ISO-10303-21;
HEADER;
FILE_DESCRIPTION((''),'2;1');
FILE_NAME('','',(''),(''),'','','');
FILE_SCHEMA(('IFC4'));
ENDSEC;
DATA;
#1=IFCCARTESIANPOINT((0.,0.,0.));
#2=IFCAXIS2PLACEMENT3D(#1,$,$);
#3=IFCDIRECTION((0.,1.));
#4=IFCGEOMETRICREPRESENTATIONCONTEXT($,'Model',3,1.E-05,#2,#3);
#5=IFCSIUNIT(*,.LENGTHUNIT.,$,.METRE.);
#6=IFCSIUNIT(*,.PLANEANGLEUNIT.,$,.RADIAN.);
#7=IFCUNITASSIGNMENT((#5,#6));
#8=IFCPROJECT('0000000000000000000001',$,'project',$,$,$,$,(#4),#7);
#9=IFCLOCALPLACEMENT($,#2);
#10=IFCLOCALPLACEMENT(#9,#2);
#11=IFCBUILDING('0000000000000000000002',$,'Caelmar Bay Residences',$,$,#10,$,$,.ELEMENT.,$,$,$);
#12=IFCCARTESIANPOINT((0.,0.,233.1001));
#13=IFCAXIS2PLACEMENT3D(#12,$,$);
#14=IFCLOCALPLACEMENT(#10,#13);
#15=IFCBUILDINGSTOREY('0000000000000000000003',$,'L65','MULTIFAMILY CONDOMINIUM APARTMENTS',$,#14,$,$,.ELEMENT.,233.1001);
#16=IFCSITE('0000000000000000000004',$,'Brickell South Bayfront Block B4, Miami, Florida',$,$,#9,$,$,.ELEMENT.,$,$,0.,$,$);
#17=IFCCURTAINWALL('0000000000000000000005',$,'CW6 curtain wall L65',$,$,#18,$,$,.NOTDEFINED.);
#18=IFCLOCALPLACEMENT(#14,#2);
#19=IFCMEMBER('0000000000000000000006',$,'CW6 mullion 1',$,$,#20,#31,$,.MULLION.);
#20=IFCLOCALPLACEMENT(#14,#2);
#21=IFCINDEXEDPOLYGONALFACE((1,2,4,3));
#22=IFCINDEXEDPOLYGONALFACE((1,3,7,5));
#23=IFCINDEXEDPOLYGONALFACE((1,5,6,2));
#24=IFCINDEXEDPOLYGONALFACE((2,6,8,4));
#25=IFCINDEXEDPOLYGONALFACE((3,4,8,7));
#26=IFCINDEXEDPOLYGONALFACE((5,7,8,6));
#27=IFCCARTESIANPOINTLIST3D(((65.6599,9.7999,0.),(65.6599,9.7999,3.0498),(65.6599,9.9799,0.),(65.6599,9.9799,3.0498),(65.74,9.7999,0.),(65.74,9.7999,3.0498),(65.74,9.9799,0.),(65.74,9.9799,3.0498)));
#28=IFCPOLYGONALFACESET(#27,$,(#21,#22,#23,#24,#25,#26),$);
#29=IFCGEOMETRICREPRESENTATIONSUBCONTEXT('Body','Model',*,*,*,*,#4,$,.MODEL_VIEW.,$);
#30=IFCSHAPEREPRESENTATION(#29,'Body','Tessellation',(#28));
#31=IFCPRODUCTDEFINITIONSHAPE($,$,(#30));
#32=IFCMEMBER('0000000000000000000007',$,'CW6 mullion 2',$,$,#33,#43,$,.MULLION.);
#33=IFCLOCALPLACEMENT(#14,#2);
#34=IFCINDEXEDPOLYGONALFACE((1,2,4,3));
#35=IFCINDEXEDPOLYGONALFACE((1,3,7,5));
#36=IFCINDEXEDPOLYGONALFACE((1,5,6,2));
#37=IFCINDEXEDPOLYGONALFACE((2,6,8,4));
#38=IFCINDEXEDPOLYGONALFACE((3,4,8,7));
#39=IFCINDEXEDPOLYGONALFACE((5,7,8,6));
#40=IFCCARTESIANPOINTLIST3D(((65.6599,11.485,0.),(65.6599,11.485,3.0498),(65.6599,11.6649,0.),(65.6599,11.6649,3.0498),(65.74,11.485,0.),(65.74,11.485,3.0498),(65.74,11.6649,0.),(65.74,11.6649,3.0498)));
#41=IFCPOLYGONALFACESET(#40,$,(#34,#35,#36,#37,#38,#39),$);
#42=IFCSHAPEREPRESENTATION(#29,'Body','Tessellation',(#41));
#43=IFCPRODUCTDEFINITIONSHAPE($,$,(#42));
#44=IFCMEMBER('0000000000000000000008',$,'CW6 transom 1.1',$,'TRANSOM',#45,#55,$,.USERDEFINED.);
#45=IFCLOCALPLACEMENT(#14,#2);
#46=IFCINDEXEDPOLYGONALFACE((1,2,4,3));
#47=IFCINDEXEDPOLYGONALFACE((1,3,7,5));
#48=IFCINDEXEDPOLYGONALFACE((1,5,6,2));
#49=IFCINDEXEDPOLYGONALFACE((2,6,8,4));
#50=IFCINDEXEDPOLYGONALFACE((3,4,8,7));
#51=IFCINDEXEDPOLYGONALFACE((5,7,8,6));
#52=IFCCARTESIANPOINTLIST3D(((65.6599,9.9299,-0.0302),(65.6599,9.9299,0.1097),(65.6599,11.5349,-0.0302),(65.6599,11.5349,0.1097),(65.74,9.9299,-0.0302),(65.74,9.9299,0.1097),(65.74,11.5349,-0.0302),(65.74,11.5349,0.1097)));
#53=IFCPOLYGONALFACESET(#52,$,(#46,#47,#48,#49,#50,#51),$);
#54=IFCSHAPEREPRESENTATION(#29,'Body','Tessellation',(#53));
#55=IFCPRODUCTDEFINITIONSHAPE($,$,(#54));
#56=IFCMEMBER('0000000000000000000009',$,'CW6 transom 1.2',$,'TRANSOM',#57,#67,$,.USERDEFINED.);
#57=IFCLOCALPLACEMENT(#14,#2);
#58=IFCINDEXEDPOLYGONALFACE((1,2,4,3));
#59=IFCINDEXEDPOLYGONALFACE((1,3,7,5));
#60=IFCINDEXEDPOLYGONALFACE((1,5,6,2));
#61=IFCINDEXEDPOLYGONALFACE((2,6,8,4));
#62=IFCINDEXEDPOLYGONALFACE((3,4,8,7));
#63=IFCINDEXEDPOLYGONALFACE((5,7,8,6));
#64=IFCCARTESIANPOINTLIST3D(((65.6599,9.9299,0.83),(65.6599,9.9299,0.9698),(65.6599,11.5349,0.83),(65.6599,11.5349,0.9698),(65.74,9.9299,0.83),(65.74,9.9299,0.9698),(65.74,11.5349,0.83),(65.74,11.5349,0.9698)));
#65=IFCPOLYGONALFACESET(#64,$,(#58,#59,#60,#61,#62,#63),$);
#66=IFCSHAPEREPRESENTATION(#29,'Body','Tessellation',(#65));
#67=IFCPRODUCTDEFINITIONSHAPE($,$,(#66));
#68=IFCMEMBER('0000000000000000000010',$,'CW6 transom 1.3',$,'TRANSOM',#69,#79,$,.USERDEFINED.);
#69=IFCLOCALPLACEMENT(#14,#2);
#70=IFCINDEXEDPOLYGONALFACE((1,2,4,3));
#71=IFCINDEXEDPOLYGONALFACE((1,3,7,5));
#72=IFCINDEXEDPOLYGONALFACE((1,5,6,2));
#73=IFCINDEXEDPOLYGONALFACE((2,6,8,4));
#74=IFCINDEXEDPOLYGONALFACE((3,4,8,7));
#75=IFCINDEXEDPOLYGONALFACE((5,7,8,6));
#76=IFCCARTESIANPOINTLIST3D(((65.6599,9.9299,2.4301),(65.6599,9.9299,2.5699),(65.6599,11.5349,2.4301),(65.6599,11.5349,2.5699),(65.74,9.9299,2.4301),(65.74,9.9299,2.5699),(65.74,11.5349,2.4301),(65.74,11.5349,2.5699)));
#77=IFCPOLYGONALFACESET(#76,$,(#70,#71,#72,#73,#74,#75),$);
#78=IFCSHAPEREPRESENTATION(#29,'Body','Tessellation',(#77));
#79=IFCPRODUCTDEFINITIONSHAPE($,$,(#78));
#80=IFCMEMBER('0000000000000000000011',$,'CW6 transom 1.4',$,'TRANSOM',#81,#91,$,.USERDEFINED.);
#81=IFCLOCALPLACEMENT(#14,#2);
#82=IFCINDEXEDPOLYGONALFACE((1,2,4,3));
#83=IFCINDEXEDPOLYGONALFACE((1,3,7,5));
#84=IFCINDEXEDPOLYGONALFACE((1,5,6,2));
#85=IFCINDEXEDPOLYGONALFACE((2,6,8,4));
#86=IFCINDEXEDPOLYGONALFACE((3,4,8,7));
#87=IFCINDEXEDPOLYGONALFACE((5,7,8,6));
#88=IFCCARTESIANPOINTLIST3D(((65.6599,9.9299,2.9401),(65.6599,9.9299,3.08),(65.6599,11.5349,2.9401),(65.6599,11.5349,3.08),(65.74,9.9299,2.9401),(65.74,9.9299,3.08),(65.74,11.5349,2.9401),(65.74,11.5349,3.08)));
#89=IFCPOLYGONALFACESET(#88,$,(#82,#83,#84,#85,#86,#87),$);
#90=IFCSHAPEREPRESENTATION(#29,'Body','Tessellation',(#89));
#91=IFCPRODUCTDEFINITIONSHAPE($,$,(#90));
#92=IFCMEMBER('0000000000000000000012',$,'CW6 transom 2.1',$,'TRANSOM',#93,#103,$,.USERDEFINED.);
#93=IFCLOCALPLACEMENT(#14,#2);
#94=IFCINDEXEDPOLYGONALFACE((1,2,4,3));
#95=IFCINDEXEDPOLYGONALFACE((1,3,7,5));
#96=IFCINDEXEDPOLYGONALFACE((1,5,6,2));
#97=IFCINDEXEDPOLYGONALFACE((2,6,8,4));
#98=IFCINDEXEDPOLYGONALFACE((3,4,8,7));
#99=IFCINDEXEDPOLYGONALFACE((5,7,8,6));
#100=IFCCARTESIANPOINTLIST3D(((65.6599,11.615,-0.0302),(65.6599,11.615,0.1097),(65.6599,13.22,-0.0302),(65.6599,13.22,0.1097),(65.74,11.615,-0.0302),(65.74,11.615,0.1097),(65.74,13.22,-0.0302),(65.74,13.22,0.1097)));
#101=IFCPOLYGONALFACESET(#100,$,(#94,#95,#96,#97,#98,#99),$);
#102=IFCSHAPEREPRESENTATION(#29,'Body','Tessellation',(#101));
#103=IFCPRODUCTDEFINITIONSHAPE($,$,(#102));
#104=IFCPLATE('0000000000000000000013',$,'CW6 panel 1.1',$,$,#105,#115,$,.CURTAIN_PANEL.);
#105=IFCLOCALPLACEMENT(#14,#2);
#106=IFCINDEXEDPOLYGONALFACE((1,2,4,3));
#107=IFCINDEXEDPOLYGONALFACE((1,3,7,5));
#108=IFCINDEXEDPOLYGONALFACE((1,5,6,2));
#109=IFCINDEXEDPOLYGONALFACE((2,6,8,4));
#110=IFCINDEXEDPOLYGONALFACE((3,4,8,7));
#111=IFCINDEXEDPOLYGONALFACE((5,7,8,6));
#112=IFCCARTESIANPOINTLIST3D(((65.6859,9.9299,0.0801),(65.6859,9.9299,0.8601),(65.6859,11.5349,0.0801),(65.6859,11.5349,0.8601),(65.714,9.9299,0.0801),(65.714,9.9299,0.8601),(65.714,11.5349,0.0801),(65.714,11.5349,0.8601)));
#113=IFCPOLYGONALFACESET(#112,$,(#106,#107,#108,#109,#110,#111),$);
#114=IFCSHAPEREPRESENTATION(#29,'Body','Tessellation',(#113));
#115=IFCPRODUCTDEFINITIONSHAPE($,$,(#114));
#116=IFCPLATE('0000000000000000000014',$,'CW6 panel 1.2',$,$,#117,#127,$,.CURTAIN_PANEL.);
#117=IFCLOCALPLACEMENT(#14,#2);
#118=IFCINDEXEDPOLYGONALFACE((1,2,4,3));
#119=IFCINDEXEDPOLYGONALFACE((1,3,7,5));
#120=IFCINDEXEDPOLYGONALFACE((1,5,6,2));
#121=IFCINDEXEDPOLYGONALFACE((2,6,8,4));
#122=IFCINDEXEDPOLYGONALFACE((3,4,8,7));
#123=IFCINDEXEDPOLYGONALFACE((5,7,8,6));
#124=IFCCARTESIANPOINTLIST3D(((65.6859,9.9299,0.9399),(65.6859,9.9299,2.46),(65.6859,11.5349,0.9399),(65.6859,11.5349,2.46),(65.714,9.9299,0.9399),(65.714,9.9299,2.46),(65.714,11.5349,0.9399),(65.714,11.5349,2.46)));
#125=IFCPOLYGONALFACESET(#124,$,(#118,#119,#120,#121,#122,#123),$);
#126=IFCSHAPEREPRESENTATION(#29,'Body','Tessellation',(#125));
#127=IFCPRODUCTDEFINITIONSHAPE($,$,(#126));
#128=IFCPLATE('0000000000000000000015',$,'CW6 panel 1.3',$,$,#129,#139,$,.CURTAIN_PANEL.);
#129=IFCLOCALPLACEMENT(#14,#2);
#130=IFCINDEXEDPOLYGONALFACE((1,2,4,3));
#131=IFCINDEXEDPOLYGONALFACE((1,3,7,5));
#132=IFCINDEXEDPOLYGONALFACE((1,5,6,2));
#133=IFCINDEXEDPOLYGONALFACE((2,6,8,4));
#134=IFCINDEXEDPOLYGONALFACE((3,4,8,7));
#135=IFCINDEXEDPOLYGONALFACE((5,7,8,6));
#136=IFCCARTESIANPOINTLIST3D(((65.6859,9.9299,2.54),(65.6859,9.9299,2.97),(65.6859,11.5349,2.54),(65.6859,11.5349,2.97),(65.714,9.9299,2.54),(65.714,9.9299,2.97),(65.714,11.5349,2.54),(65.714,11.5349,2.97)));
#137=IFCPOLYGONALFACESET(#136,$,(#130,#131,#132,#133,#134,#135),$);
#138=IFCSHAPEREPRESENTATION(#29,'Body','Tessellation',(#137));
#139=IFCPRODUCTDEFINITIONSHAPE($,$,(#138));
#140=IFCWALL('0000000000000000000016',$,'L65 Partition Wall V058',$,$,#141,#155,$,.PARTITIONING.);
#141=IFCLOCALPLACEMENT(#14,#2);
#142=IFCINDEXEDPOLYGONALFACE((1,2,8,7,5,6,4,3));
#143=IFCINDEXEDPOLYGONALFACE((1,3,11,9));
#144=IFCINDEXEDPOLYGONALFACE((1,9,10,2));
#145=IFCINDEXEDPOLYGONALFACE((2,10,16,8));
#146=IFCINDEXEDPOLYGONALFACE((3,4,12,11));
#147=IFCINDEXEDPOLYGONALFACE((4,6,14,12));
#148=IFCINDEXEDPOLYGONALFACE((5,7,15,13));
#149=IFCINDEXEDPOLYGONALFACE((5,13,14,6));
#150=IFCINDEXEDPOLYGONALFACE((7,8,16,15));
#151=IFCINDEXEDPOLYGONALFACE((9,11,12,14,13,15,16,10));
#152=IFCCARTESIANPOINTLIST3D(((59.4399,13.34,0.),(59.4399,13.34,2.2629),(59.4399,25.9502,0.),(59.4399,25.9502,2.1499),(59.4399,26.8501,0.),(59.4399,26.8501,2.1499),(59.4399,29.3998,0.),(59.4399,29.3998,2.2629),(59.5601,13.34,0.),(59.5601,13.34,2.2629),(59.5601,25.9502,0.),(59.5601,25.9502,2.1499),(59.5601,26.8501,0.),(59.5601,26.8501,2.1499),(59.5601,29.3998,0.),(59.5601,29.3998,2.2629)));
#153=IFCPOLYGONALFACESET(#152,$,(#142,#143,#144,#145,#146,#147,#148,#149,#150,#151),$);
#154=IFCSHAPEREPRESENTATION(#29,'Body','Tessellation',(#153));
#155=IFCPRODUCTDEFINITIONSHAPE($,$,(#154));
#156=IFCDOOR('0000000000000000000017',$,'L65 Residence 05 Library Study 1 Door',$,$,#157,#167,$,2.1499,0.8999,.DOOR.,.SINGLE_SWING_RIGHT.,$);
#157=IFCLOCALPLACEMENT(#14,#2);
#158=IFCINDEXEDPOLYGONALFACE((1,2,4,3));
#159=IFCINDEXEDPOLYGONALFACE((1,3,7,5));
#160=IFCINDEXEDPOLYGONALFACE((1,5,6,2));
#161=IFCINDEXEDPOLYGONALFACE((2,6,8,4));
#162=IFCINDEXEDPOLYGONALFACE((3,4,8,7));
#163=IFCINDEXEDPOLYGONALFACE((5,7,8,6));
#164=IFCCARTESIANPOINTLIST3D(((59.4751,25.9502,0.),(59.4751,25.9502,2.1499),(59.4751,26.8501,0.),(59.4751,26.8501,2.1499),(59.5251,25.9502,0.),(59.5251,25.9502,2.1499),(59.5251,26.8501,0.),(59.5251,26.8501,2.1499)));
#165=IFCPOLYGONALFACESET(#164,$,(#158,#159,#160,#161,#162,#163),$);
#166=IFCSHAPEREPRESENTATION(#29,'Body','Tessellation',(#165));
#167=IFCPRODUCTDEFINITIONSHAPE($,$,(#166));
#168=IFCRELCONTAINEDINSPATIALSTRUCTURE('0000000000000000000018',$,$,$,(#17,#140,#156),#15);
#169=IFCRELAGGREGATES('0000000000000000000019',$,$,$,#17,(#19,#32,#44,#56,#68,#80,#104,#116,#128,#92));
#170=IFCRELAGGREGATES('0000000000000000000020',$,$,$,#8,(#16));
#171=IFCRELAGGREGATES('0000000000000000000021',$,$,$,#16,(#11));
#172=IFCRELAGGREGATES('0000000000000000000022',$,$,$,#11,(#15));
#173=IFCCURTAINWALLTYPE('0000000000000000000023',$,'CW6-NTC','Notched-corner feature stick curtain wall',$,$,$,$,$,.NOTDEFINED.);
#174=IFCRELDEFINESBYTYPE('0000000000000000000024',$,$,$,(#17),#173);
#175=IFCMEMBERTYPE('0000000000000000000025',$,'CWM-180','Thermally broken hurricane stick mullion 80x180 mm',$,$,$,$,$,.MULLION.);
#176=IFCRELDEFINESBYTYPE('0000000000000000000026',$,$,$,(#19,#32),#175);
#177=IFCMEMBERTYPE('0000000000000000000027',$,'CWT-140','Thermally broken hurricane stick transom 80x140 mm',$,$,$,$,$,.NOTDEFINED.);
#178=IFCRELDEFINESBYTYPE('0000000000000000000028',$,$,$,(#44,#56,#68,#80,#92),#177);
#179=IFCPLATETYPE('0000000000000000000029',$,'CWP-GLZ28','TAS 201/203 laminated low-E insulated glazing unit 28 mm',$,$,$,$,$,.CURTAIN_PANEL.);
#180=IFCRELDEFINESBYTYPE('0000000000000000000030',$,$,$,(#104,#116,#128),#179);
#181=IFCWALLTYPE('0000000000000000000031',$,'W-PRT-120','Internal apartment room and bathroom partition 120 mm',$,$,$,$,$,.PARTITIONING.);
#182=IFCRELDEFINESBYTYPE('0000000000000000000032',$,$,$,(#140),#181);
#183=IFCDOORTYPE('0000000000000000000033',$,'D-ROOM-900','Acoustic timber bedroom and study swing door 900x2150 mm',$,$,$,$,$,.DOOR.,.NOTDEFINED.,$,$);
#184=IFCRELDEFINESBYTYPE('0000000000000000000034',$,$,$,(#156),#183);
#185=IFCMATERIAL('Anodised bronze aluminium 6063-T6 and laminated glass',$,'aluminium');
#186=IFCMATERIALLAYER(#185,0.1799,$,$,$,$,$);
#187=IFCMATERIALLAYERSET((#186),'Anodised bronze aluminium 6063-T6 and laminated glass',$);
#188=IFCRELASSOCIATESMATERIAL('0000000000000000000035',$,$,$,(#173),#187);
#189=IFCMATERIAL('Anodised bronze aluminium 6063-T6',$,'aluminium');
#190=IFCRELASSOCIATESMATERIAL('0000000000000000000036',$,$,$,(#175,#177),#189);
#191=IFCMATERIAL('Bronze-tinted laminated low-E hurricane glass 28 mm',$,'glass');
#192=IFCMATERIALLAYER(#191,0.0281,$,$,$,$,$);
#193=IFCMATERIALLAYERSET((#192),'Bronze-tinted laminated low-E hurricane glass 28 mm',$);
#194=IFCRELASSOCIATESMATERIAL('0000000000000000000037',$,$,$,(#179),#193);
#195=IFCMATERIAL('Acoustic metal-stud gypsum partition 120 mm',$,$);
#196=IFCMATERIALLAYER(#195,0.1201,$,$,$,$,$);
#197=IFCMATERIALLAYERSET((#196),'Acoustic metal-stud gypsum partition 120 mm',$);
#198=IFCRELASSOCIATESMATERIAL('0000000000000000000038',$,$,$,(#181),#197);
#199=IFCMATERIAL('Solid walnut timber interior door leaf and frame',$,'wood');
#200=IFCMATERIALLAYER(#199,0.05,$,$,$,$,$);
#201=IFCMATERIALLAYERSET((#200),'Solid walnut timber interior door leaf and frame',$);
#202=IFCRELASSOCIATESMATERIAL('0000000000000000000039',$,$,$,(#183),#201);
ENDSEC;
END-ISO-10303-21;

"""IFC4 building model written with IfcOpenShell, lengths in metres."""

from ifc_helpers import new_model, si_unit, direction, frame, frame_2d, origin, origin_2d, place, context, subcontext, project, spatial, rectangle, extrude, material, layer, layer_set, material_profile, profile_set, type_object, element, fill, aggregate, save


model = new_model("IFC4")

# Units and contexts
model_context = context("Model", 3, precision=1e-05, world=origin(), true_north=direction((0.0, 1.0)))
body_context = subcontext(model_context, "Body", "Model", "MODEL_VIEW")
ifc_project = project(units=[si_unit("LENGTHUNIT", "METRE"), si_unit("PLANEANGLEUNIT", "RADIAN")], contexts=[model_context])

# Site, building, storey
site_placement = place(None, origin())
site = spatial("IfcSite", under=ifc_project, at=site_placement, Name="Brickell South Bayfront Block B4, Miami, Florida", CompositionType="ELEMENT", RefElevation=0.0)
building_placement = place(site_placement, origin())
building = spatial("IfcBuilding", under=site, at=building_placement, Name="Caelmar Bay Residences", CompositionType="ELEMENT")
storey_placement = place(building_placement, frame((0.0, 0.0, 233.1001)))
storey = spatial("IfcBuildingStorey", under=building, at=storey_placement, Name="L65", Description="MULTIFAMILY CONDOMINIUM APARTMENTS", CompositionType="ELEMENT", Elevation=233.1001)

# Curtain wall, members, plates
ifc_material_1 = material(Name="Anodised bronze aluminium 6063-T6 and laminated glass", Category="aluminium")
ifc_layer_1 = layer(ifc_material_1, 0.1799)
ifc_layer_set_1 = layer_set([ifc_layer_1], Name="Anodised bronze aluminium 6063-T6 and laminated glass")
curtain_wall_type = type_object("IfcCurtainWallType", Name="CW6-NTC", Description="Notched-corner feature stick curtain wall", PredefinedType="NOTDEFINED", material=ifc_layer_set_1)
curtain_wall_placement = place(storey_placement, origin())
curtain_wall = element("IfcCurtainWall", 1, at=curtain_wall_placement, inside=storey, type_object=curtain_wall_type, Name="CW6 curtain wall L65", PredefinedType="NOTDEFINED")
ifc_material_2 = material(Name="Anodised bronze aluminium 6063-T6", Category="aluminium")
ifc_material_profile_1 = material_profile(ifc_material_2, rectangle(XDim=0.0801, YDim=0.1799, at=origin_2d()), Name="CWM-80X180")
ifc_profile_set_1 = profile_set([ifc_material_profile_1], Name="Anodised bronze aluminium 6063-T6")
member_type_1 = type_object("IfcMemberType", Name="CWM-180", Description="Thermally broken hurricane stick mullion 80x180 mm", PredefinedType="MULLION", material=ifc_profile_set_1)
member_1_placement = place(storey_placement, frame((65.7, 9.8899, 0.0), z_axis=(0.0, 0.0, 1.0), x_axis=(-1.0, 0.0, 0.0)))
member_1 = element("IfcMember", 2, at=member_1_placement, type_object=member_type_1, Name="CW6 mullion 1", PredefinedType="MULLION", context=body_context, shape_type="SweptSolid", body=[
    extrude(rectangle(XDim=0.0801, YDim=0.1799, at=origin_2d()), origin(), (0.0, 0.0, 1.0), 3.0498),
])
member_2_placement = place(storey_placement, frame((65.7, 11.575, 0.0), z_axis=(0.0, 0.0, 1.0), x_axis=(-1.0, 0.0, 0.0)))
member_2 = element("IfcMember", 3, at=member_2_placement, type_object=member_type_1, Name="CW6 mullion 2", PredefinedType="MULLION", context=body_context, shape_type="SweptSolid", body=[
    extrude(rectangle(XDim=0.0801, YDim=0.1799, at=origin_2d()), origin(), (0.0, 0.0, 1.0), 3.0498),
])
ifc_material_profile_2 = material_profile(ifc_material_2, rectangle(XDim=0.0801, YDim=0.1399, at=origin_2d()), Name="CWT-80X140")
ifc_profile_set_2 = profile_set([ifc_material_profile_2], Name="Anodised bronze aluminium 6063-T6")
member_type_2 = type_object("IfcMemberType", Name="CWT-140", Description="Thermally broken hurricane stick transom 80x140 mm", PredefinedType="NOTDEFINED", material=ifc_profile_set_2)
member_3_placement = place(storey_placement, frame((65.7, 9.9299, 0.0398), z_axis=(0.0, 1.0, 0.0), x_axis=(-1.0, 0.0, 0.0)))
member_3 = element("IfcMember", 4, at=member_3_placement, type_object=member_type_2, Name="CW6 transom 1.1", ObjectType="TRANSOM", PredefinedType="USERDEFINED", context=body_context, shape_type="SweptSolid", body=[
    extrude(rectangle(XDim=0.0801, YDim=0.1399, at=origin_2d()), origin(), (0.0, 0.0, 1.0), 1.605),
])
member_4_placement = place(storey_placement, frame((65.7, 9.9299, 0.8999), z_axis=(0.0, 1.0, 0.0), x_axis=(-1.0, 0.0, 0.0)))
member_4 = element("IfcMember", 5, at=member_4_placement, type_object=member_type_2, Name="CW6 transom 1.2", ObjectType="TRANSOM", PredefinedType="USERDEFINED", context=body_context, shape_type="SweptSolid", body=[
    extrude(rectangle(XDim=0.0801, YDim=0.1399, at=origin_2d()), origin(), (0.0, 0.0, 1.0), 1.605),
])
member_5_placement = place(storey_placement, frame((65.7, 9.9299, 2.5), z_axis=(0.0, 1.0, 0.0), x_axis=(-1.0, 0.0, 0.0)))
member_5 = element("IfcMember", 6, at=member_5_placement, type_object=member_type_2, Name="CW6 transom 1.3", ObjectType="TRANSOM", PredefinedType="USERDEFINED", context=body_context, shape_type="SweptSolid", body=[
    extrude(rectangle(XDim=0.0801, YDim=0.1399, at=origin_2d()), origin(), (0.0, 0.0, 1.0), 1.605),
])
member_6_placement = place(storey_placement, frame((65.7, 9.9299, 3.01), z_axis=(0.0, 1.0, 0.0), x_axis=(-1.0, 0.0, 0.0)))
member_6 = element("IfcMember", 7, at=member_6_placement, type_object=member_type_2, Name="CW6 transom 1.4", ObjectType="TRANSOM", PredefinedType="USERDEFINED", context=body_context, shape_type="SweptSolid", body=[
    extrude(rectangle(XDim=0.0801, YDim=0.1399, at=origin_2d()), origin(), (0.0, 0.0, 1.0), 1.605),
])
member_7_placement = place(storey_placement, frame((65.7, 11.615, 0.0398), z_axis=(0.0, 1.0, 0.0), x_axis=(-1.0, 0.0, 0.0)))
member_7 = element("IfcMember", 8, at=member_7_placement, type_object=member_type_2, Name="CW6 transom 2.1", ObjectType="TRANSOM", PredefinedType="USERDEFINED", context=body_context, shape_type="SweptSolid", body=[
    extrude(rectangle(XDim=0.0801, YDim=0.1399, at=origin_2d()), origin(), (0.0, 0.0, 1.0), 1.605),
])
ifc_material_3 = material(Name="Bronze-tinted laminated low-E hurricane glass 28 mm", Category="glass")
ifc_layer_2 = layer(ifc_material_3, 0.0281)
ifc_layer_set_2 = layer_set([ifc_layer_2], Name="Bronze-tinted laminated low-E hurricane glass 28 mm")
plate_type = type_object("IfcPlateType", Name="CWP-GLZ28", Description="TAS 201/203 laminated low-E insulated glazing unit 28 mm", PredefinedType="CURTAIN_PANEL", material=ifc_layer_set_2)
plate_1_placement = place(storey_placement, frame((65.7, 10.7324, 0.0801), z_axis=(0.0, 0.0, 1.0), x_axis=(0.0, 1.0, 0.0)))
plate_1 = element("IfcPlate", 9, at=plate_1_placement, type_object=plate_type, Name="CW6 panel 1.1", PredefinedType="CURTAIN_PANEL", context=body_context, shape_type="SweptSolid", body=[
    extrude(rectangle(XDim=1.605, YDim=0.0281, at=origin_2d()), origin(), (0.0, 0.0, 1.0), 0.78),
])
plate_2_placement = place(storey_placement, frame((65.7, 10.7324, 0.9399), z_axis=(0.0, 0.0, 1.0), x_axis=(0.0, 1.0, 0.0)))
plate_2 = element("IfcPlate", 10, at=plate_2_placement, type_object=plate_type, Name="CW6 panel 1.2", PredefinedType="CURTAIN_PANEL", context=body_context, shape_type="SweptSolid", body=[
    extrude(rectangle(XDim=1.605, YDim=0.0281, at=origin_2d()), origin(), (0.0, 0.0, 1.0), 1.52),
])
plate_3_placement = place(storey_placement, frame((65.7, 10.7324, 2.54), z_axis=(0.0, 0.0, 1.0), x_axis=(0.0, 1.0, 0.0)))
plate_3 = element("IfcPlate", 11, at=plate_3_placement, type_object=plate_type, Name="CW6 panel 1.3", PredefinedType="CURTAIN_PANEL", context=body_context, shape_type="SweptSolid", body=[
    extrude(rectangle(XDim=1.605, YDim=0.0281, at=origin_2d()), origin(), (0.0, 0.0, 1.0), 0.4299),
])
aggregate(curtain_wall, [member_1, member_2, member_3, member_4, member_5, member_6, plate_1, plate_2, plate_3, member_7])

# Wall, opening, door
ifc_material_4 = material(Name="Acoustic metal-stud gypsum partition 120 mm")
ifc_layer_3 = layer(ifc_material_4, 0.1201)
ifc_layer_set_3 = layer_set([ifc_layer_3], Name="Acoustic metal-stud gypsum partition 120 mm")
wall_type_1 = type_object("IfcWallType", Name="W-PRT-120", Description="Internal apartment room and bathroom partition 120 mm", PredefinedType="PARTITIONING", material=ifc_layer_set_3)
wall_1_placement = place(storey_placement, frame((59.5, 13.3401, 0.0), z_axis=(0.0, 0.0, 1.0), x_axis=(0.0, 1.0, 0.0)))
wall_1 = element("IfcWall", 12, at=wall_1_placement, inside=storey, type_object=wall_type_1, Name="L65 Partition Wall V058", PredefinedType="PARTITIONING", context=body_context, shape_type="SweptSolid", body=[
    extrude(rectangle(XDim=16.0598, YDim=0.1201, at=frame_2d((8.0298, 0.0))), origin(), (0.0, 0.0, 1.0), 2.2629),
])
opening_1_placement = place(wall_1_placement, frame((12.6101, 0.0, 0.0)))
opening_1 = element("IfcOpeningElement", 13, at=opening_1_placement, cuts=wall_1, PredefinedType="OPENING", context=body_context, shape_type="SweptSolid", body=[
    extrude(rectangle(XDim=0.8999, YDim=2.1499, at=frame_2d((0.45, 1.075))), frame((0.0, 0.0701, 0.0), z_axis=(0.0, -1.0, 0.0), x_axis=(1.0, 0.0, 0.0)), (0.0, 0.0, 1.0), 0.1401),
])
ifc_material_5 = material(Name="Solid walnut timber interior door leaf and frame", Category="wood")
ifc_layer_4 = layer(ifc_material_5, 0.05)
ifc_layer_set_4 = layer_set([ifc_layer_4], Name="Solid walnut timber interior door leaf and frame")
door_type_1 = type_object("IfcDoorType", Name="D-ROOM-900", Description="Acoustic timber bedroom and study swing door 900x2150 mm", OperationType="NOTDEFINED", PredefinedType="DOOR", material=ifc_layer_set_4)
door_1_placement = place(opening_1_placement, origin())
door_1 = element("IfcDoor", 14, at=door_1_placement, inside=storey, type_object=door_type_1, Name="L65 Residence 05 Library Study 1 Door", OperationType="SINGLE_SWING_RIGHT", OverallHeight=2.1499, OverallWidth=0.8999, PredefinedType="DOOR", context=body_context, shape_type="SweptSolid", body=[
    extrude(rectangle(XDim=0.8999, YDim=2.1499, at=frame_2d((0.45, 1.075))), frame((0.0, 0.0249, 0.0), z_axis=(0.0, -1.0, 0.0), x_axis=(1.0, 0.0, 0.0)), (0.0, 0.0, 1.0), 0.05),
])
fill(opening_1, door_1)

save(model, "model.ifc")
